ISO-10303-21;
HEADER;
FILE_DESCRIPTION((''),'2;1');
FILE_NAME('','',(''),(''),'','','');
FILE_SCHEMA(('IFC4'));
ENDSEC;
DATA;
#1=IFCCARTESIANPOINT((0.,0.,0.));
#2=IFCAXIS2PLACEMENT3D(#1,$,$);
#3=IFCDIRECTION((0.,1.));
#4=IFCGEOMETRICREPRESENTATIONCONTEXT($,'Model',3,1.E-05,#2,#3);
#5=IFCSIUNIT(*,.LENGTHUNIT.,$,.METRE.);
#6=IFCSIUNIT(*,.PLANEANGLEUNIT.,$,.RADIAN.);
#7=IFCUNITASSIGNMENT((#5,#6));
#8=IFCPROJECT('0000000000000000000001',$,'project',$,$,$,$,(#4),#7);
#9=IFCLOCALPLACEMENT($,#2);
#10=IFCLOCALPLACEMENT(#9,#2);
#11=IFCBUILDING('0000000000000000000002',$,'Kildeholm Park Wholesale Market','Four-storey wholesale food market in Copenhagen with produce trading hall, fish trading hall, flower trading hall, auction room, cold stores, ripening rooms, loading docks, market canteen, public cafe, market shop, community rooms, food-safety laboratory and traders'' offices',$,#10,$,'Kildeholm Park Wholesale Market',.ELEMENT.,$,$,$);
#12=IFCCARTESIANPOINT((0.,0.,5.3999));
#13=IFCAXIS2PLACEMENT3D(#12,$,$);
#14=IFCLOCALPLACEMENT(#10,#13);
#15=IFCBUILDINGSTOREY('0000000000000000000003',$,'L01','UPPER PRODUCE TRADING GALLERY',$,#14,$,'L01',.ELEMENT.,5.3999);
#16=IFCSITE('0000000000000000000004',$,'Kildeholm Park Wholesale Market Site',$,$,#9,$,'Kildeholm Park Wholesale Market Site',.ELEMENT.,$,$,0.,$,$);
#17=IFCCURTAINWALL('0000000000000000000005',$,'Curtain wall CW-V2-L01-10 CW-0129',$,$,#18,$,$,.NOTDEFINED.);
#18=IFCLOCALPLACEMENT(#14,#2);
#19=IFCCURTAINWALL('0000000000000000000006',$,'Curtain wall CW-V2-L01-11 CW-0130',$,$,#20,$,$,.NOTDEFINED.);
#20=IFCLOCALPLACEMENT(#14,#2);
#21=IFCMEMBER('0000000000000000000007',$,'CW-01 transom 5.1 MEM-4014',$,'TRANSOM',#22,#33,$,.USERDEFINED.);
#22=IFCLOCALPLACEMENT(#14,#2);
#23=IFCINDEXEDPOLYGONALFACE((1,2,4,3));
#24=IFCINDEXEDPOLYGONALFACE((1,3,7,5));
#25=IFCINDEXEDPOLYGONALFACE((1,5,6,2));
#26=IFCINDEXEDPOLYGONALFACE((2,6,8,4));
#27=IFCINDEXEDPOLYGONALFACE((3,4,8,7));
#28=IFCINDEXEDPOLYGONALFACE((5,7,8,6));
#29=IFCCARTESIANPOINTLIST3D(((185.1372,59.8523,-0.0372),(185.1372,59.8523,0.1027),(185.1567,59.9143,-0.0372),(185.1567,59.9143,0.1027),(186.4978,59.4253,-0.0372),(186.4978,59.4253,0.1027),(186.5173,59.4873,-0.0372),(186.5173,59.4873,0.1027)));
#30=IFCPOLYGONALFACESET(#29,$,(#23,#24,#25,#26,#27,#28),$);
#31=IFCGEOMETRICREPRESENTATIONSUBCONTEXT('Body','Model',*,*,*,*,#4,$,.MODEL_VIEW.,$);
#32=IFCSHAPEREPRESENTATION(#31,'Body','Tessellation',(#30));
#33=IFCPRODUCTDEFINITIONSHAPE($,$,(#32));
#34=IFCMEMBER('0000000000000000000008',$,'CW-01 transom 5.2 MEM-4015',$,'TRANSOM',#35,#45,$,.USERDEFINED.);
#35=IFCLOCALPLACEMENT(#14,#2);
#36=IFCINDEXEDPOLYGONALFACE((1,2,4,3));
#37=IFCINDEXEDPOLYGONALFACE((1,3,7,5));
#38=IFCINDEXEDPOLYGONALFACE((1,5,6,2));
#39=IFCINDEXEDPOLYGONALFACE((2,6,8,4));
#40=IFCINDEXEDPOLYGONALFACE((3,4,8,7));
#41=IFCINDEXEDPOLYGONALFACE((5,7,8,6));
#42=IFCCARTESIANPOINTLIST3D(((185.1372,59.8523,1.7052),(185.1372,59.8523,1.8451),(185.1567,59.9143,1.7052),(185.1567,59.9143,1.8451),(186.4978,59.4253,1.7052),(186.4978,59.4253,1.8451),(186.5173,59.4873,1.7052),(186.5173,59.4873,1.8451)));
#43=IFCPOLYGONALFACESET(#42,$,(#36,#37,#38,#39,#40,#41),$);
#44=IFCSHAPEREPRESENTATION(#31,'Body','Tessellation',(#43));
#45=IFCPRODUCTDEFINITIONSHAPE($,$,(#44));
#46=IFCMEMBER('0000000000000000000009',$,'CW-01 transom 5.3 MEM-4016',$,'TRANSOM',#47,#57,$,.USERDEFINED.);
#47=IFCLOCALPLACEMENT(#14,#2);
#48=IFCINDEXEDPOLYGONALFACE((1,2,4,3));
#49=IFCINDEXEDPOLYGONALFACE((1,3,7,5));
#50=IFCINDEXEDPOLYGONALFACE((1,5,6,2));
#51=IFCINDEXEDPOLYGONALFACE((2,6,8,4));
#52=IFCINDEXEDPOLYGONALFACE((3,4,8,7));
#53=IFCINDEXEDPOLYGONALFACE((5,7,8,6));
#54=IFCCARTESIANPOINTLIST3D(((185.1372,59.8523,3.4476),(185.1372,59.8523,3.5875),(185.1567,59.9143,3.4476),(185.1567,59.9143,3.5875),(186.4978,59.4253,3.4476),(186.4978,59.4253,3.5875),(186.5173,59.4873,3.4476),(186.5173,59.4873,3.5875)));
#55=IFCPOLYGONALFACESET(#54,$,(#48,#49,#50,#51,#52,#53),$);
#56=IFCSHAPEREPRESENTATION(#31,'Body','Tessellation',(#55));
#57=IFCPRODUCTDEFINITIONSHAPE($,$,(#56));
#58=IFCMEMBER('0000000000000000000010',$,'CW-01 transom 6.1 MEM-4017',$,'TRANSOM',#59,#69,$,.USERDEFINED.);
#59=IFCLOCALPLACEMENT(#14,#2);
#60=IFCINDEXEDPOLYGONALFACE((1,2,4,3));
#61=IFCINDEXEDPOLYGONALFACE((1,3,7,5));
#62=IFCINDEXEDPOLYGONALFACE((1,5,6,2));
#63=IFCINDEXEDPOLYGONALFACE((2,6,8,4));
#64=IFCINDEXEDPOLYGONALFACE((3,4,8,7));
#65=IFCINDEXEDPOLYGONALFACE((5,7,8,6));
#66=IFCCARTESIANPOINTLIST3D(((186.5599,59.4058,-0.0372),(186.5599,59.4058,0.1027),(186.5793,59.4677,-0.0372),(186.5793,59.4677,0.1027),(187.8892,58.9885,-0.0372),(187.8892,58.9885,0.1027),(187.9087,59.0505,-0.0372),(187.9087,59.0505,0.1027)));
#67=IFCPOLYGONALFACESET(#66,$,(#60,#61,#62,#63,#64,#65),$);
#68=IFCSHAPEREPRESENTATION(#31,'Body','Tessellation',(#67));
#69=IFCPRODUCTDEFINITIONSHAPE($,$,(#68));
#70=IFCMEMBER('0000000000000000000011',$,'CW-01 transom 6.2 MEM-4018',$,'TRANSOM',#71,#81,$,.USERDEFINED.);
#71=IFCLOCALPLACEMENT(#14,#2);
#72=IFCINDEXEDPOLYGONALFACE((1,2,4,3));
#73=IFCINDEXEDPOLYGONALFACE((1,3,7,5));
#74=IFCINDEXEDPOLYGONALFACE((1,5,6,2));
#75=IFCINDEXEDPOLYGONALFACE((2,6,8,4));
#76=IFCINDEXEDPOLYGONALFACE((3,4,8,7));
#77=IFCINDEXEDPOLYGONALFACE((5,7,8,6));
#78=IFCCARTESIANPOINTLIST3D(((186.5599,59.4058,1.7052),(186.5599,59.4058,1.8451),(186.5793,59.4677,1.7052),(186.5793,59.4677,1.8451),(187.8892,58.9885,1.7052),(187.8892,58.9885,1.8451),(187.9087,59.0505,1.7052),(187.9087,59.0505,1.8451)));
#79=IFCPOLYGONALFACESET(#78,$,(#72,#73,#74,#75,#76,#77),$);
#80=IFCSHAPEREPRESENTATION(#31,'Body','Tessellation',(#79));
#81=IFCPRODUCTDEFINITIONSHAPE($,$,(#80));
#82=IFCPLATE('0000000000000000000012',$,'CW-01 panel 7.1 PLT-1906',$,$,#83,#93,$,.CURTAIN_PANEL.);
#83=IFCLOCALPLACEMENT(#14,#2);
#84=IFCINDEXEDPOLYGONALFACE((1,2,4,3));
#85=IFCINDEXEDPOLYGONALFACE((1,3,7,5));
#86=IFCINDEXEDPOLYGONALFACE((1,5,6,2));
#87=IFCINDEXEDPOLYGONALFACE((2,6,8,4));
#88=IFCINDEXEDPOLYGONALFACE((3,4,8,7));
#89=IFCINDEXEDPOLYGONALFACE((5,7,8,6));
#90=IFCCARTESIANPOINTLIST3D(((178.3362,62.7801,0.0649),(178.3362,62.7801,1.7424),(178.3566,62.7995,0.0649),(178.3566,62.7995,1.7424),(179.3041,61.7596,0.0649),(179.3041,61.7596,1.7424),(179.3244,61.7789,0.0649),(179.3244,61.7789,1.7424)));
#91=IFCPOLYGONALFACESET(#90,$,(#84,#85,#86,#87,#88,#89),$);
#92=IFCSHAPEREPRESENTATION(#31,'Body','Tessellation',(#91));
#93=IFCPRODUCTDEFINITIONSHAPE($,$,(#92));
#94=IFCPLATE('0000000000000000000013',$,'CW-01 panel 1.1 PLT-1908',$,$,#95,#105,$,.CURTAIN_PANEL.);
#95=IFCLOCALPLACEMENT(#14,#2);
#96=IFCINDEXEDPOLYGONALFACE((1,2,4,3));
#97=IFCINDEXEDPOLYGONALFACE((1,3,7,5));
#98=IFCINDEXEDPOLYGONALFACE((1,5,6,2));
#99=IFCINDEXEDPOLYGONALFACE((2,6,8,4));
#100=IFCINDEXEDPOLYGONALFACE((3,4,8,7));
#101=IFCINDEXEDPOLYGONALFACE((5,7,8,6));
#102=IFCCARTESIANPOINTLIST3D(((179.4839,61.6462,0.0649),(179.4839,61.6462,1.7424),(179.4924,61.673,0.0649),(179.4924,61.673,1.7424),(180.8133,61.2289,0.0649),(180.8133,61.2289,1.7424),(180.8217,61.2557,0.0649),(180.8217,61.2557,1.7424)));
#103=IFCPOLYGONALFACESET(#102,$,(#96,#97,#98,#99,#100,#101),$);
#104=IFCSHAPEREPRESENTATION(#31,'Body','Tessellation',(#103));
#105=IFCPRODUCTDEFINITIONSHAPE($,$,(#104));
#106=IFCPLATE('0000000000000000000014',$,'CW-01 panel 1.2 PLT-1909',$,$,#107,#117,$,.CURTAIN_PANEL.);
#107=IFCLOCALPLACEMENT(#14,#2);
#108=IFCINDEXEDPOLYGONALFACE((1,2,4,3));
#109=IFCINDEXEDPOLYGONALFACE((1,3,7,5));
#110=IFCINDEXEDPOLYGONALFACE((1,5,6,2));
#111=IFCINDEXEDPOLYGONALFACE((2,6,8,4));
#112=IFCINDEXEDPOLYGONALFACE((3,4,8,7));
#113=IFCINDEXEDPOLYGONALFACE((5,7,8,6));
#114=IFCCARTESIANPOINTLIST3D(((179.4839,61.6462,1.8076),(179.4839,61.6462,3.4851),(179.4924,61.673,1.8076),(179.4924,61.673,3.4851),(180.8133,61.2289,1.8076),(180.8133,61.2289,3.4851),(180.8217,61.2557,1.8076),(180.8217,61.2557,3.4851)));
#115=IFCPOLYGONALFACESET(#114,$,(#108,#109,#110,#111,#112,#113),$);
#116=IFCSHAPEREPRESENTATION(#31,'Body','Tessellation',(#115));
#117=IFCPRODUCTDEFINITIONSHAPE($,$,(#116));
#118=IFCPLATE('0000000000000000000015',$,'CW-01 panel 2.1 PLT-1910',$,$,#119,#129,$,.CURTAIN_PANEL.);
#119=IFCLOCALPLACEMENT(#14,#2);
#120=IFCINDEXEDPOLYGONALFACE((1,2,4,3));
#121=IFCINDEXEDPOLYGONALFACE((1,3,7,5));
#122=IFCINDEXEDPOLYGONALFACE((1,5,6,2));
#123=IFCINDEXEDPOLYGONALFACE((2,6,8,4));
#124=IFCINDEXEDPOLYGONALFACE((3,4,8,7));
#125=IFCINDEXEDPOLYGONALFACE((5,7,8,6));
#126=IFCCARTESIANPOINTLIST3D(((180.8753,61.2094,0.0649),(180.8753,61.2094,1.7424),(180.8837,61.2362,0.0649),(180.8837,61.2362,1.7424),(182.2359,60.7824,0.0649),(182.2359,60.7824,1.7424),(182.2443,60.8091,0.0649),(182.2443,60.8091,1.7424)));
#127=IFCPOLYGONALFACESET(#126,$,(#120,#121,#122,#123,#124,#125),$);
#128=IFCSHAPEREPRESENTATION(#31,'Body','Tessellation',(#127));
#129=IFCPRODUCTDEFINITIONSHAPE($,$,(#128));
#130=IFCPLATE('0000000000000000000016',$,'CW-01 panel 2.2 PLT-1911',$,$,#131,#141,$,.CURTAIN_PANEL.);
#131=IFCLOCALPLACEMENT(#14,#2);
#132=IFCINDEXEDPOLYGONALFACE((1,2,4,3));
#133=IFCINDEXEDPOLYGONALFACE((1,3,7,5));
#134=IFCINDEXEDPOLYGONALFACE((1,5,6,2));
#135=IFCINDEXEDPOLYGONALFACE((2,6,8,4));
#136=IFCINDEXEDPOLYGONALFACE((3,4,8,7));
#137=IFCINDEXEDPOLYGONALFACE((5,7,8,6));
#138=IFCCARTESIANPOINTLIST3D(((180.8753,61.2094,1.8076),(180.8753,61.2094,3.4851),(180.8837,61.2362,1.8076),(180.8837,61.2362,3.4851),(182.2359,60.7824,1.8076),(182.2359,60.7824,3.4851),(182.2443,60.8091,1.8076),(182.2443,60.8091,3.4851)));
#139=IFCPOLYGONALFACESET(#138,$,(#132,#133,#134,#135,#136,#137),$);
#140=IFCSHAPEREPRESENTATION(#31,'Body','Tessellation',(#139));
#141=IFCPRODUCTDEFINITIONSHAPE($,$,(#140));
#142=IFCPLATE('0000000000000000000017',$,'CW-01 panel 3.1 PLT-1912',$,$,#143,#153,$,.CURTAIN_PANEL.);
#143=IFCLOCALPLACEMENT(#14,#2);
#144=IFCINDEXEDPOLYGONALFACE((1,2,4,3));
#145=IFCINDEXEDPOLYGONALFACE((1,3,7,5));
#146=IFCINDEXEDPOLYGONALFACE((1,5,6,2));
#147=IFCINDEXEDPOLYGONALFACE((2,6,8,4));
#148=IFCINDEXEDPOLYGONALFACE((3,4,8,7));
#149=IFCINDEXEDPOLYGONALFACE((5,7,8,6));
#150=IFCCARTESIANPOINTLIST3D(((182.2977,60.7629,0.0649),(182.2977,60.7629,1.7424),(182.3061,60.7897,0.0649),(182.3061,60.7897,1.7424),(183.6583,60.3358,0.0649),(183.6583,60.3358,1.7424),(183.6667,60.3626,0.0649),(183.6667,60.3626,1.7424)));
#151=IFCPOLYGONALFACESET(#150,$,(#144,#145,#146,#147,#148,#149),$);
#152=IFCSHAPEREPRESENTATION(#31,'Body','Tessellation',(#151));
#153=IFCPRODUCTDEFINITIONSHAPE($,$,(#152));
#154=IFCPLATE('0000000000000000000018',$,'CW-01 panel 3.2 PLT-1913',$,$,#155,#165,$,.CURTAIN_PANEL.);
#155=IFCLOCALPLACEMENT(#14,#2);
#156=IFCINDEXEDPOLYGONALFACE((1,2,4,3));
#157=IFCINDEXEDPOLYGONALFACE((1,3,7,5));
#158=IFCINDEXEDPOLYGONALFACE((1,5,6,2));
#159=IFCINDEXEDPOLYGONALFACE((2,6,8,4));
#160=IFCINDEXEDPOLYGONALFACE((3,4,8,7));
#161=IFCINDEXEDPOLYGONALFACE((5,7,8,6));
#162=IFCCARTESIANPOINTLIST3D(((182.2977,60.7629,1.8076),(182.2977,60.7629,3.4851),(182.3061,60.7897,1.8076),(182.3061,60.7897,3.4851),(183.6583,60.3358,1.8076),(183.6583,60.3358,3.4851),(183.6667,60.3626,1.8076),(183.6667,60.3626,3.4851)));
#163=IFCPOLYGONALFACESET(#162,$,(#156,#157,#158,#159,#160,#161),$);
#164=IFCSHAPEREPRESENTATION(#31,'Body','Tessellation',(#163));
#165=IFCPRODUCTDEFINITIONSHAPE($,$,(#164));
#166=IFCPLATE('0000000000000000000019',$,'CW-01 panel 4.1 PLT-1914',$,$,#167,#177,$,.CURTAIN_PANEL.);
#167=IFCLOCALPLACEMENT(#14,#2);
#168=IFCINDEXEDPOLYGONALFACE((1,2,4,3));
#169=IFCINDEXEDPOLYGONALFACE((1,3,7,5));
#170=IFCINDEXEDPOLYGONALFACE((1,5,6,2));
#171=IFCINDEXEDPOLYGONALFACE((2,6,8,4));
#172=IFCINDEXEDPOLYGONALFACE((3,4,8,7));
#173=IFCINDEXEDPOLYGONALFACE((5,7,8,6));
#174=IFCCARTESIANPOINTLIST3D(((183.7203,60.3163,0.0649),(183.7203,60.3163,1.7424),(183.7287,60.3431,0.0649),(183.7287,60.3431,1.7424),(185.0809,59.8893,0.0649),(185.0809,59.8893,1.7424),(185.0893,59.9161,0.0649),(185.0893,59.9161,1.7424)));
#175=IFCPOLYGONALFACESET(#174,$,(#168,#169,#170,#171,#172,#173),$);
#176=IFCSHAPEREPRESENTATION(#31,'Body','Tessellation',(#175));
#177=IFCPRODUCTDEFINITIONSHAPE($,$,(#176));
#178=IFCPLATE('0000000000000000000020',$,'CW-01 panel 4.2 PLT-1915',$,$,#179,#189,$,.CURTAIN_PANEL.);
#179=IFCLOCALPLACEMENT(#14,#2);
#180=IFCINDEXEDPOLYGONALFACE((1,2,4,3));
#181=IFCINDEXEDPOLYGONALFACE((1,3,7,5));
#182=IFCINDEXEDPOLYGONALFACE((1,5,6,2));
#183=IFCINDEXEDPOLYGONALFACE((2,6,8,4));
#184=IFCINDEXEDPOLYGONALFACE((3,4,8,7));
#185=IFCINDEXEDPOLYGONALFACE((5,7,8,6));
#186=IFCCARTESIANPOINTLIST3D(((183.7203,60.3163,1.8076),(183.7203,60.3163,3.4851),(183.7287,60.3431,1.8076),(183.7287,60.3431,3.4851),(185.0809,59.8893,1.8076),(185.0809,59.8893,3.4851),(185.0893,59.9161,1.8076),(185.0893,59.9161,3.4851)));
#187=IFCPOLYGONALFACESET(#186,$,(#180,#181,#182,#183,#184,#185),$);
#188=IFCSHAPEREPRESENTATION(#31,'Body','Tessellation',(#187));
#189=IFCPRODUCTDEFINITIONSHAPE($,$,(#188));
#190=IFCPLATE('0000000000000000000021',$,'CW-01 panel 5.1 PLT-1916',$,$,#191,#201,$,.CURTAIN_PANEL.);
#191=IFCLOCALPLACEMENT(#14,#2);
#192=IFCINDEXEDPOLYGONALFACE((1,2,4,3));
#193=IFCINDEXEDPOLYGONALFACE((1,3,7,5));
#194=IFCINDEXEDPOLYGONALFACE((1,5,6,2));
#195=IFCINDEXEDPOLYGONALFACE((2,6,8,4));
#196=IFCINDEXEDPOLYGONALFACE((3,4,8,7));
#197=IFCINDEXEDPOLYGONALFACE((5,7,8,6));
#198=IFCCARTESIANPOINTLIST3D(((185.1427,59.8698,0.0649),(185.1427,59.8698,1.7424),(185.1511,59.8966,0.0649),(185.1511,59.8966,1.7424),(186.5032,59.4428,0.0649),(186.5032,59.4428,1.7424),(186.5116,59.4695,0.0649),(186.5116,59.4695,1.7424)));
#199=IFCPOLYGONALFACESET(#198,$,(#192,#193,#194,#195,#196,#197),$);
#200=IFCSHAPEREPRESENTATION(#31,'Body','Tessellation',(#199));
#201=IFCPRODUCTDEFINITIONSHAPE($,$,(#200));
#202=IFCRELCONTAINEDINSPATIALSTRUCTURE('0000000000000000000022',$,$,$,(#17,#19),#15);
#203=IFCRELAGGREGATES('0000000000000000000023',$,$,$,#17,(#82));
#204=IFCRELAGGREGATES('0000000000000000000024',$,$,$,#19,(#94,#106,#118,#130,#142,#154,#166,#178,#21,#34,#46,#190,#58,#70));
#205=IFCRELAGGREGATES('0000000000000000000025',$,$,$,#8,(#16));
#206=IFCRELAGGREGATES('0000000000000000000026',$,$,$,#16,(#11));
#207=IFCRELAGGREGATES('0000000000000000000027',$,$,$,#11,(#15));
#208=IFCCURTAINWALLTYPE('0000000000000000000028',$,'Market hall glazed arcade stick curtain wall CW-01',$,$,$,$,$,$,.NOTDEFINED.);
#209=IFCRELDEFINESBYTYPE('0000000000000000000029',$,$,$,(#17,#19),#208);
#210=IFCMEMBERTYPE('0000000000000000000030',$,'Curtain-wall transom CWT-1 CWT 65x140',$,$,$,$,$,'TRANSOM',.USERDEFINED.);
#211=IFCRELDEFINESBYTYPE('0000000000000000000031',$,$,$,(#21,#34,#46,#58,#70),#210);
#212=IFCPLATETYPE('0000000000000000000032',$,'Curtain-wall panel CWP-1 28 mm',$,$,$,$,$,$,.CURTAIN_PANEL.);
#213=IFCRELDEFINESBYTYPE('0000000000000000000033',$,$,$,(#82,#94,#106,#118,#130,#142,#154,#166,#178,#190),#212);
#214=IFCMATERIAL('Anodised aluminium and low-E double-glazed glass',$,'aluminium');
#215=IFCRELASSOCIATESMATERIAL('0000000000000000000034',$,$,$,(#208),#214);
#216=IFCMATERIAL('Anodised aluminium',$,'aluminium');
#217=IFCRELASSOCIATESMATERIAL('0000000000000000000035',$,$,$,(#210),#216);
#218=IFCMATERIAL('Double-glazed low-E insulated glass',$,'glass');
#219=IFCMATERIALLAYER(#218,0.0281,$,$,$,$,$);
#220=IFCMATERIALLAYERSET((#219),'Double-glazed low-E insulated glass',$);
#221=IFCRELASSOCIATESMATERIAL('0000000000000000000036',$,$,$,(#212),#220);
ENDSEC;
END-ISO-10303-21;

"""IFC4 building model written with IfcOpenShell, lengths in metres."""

from ifc_helpers import new_model, si_unit, direction, frame, origin, origin_2d, place, context, subcontext, project, spatial, rectangle, extrude, material, layer, layer_set, material_profile, profile_set, type_object, element, aggregate, save


model = new_model("IFC4")

# Units and contexts
model_context = context("Model", 3, precision=1e-05, world=origin(), true_north=direction((0.0, 1.0)))
body_context = subcontext(model_context, "Body", "Model", "MODEL_VIEW")
ifc_project = project(units=[si_unit("LENGTHUNIT", "METRE"), si_unit("PLANEANGLEUNIT", "RADIAN")], contexts=[model_context])

# Site, building, storey
site_placement = place(None, origin())
site = spatial("IfcSite", under=ifc_project, at=site_placement, Name="Kildeholm Park Wholesale Market Site", LongName="Kildeholm Park Wholesale Market Site", CompositionType="ELEMENT", RefElevation=0.0)
building_placement = place(site_placement, origin())
building = spatial("IfcBuilding", under=site, at=building_placement, Name="Kildeholm Park Wholesale Market", Description="Four-storey wholesale food market in Copenhagen with produce trading hall, fish trading hall, flower trading hall, auction room, cold stores, ripening rooms, loading docks, market canteen, public cafe, market shop, community rooms, food-safety laboratory and traders' offices", LongName="Kildeholm Park Wholesale Market", CompositionType="ELEMENT")
storey_placement = place(building_placement, frame((0.0, 0.0, 5.3999)))
storey = spatial("IfcBuildingStorey", under=building, at=storey_placement, Name="L01", Description="UPPER PRODUCE TRADING GALLERY", LongName="L01", CompositionType="ELEMENT", Elevation=5.3999)

# Curtain wall
ifc_material_1 = material(Name="Anodised aluminium and low-E double-glazed glass", Category="aluminium")
curtain_wall_type = type_object("IfcCurtainWallType", Name="Market hall glazed arcade stick curtain wall CW-01", PredefinedType="NOTDEFINED", material=ifc_material_1)
curtain_wall_1_placement = place(storey_placement, origin())
curtain_wall_1 = element("IfcCurtainWall", 1, at=curtain_wall_1_placement, inside=storey, type_object=curtain_wall_type, Name="Curtain wall CW-V2-L01-10 CW-0129", PredefinedType="NOTDEFINED")
ifc_material_2 = material(Name="Anodised aluminium", Category="aluminium")

# Curtain wall, members
curtain_wall_2_placement = place(storey_placement, origin())
curtain_wall_2 = element("IfcCurtainWall", 2, at=curtain_wall_2_placement, inside=storey, type_object=curtain_wall_type, Name="Curtain wall CW-V2-L01-11 CW-0130", PredefinedType="NOTDEFINED")
ifc_material_profile_1 = material_profile(ifc_material_2, rectangle(XDim=0.0649, YDim=0.1399, at=origin_2d()), Name="CWT 65x140")
ifc_profile_set_1 = profile_set([ifc_material_profile_1], Name="Anodised aluminium")
member_type_1 = type_object("IfcMemberType", Name="Curtain-wall transom CWT-1 CWT 65x140", ElementType="TRANSOM", PredefinedType="USERDEFINED", material=ifc_profile_set_1)
member_1_placement = place(storey_placement, frame((185.147, 59.8833, 0.0327), z_axis=(0.954117, -0.299435, 0.0), x_axis=(0.299435, 0.954117, 0.0)))
member_1 = element("IfcMember", 3, at=member_1_placement, type_object=member_type_1, Name="CW-01 transom 5.1 MEM-4014", ObjectType="TRANSOM", PredefinedType="USERDEFINED", context=body_context, shape_type="SweptSolid", body=[
    extrude(rectangle(XDim=0.0649, YDim=0.1399, at=origin_2d()), origin(), (0.0, 0.0, 1.0), 1.426),
])
member_2_placement = place(storey_placement, frame((185.147, 59.8833, 1.7751), z_axis=(0.954117, -0.299435, 0.0), x_axis=(0.299435, 0.954117, 0.0)))
member_2 = element("IfcMember", 4, at=member_2_placement, type_object=member_type_1, Name="CW-01 transom 5.2 MEM-4015", ObjectType="TRANSOM", PredefinedType="USERDEFINED", context=body_context, shape_type="SweptSolid", body=[
    extrude(rectangle(XDim=0.0649, YDim=0.1399, at=origin_2d()), origin(), (0.0, 0.0, 1.0), 1.426),
])
member_3_placement = place(storey_placement, frame((185.147, 59.8833, 3.5176), z_axis=(0.954117, -0.299435, 0.0), x_axis=(0.299435, 0.954117, 0.0)))
member_3 = element("IfcMember", 5, at=member_3_placement, type_object=member_type_1, Name="CW-01 transom 5.3 MEM-4016", ObjectType="TRANSOM", PredefinedType="USERDEFINED", context=body_context, shape_type="SweptSolid", body=[
    extrude(rectangle(XDim=0.0649, YDim=0.1399, at=origin_2d()), origin(), (0.0, 0.0, 1.0), 1.426),
])
member_4_placement = place(storey_placement, frame((186.5696, 59.4368, 0.0327), z_axis=(0.954108, -0.299462, 0.0), x_axis=(0.299462, 0.954108, 0.0)))
member_4 = element("IfcMember", 6, at=member_4_placement, type_object=member_type_1, Name="CW-01 transom 6.1 MEM-4017", ObjectType="TRANSOM", PredefinedType="USERDEFINED", context=body_context, shape_type="SweptSolid", body=[
    extrude(rectangle(XDim=0.0649, YDim=0.1399, at=origin_2d()), origin(), (0.0, 0.0, 1.0), 1.3933),
])
member_5_placement = place(storey_placement, frame((186.5696, 59.4368, 1.7751), z_axis=(0.954108, -0.299462, 0.0), x_axis=(0.299462, 0.954108, 0.0)))
member_5 = element("IfcMember", 7, at=member_5_placement, type_object=member_type_1, Name="CW-01 transom 6.2 MEM-4018", ObjectType="TRANSOM", PredefinedType="USERDEFINED", context=body_context, shape_type="SweptSolid", body=[
    extrude(rectangle(XDim=0.0649, YDim=0.1399, at=origin_2d()), origin(), (0.0, 0.0, 1.0), 1.3933),
])

# Plates
ifc_material_3 = material(Name="Double-glazed low-E insulated glass", Category="glass")
ifc_layer_1 = layer(ifc_material_3, 0.0281)
ifc_layer_set_1 = layer_set([ifc_layer_1], Name="Double-glazed low-E insulated glass")
plate_type = type_object("IfcPlateType", Name="Curtain-wall panel CWP-1 28 mm", PredefinedType="CURTAIN_PANEL", material=ifc_layer_set_1)
plate_1_placement = place(storey_placement, frame((178.8303, 62.2795, 0.0649), z_axis=(0.0, 0.0, 1.0), x_axis=(0.688148, -0.725571, 0.0)))
plate_1 = element("IfcPlate", 8, at=plate_1_placement, type_object=plate_type, Name="CW-01 panel 7.1 PLT-1906", PredefinedType="CURTAIN_PANEL", context=body_context, shape_type="SweptSolid", body=[
    extrude(rectangle(XDim=1.4065, YDim=0.0281, at=origin_2d()), origin(), (0.0, 0.0, 1.0), 1.6775),
])
aggregate(curtain_wall_1, [plate_1])
plate_2_placement = place(storey_placement, frame((180.1528, 61.4509, 0.0649), z_axis=(0.0, 0.0, 1.0), x_axis=(0.954103, -0.299478, 0.0)))
plate_2 = element("IfcPlate", 9, at=plate_2_placement, type_object=plate_type, Name="CW-01 panel 1.1 PLT-1908", PredefinedType="CURTAIN_PANEL", context=body_context, shape_type="SweptSolid", body=[
    extrude(rectangle(XDim=1.3933, YDim=0.0281, at=origin_2d()), origin(), (0.0, 0.0, 1.0), 1.6775),
])
plate_3_placement = place(storey_placement, frame((180.1528, 61.4509, 1.8076), z_axis=(0.0, 0.0, 1.0), x_axis=(0.954103, -0.299478, 0.0)))
plate_3 = element("IfcPlate", 10, at=plate_3_placement, type_object=plate_type, Name="CW-01 panel 1.2 PLT-1909", PredefinedType="CURTAIN_PANEL", context=body_context, shape_type="SweptSolid", body=[
    extrude(rectangle(XDim=1.3933, YDim=0.0281, at=origin_2d()), origin(), (0.0, 0.0, 1.0), 1.6775),
])
plate_4_placement = place(storey_placement, frame((181.5598, 61.0093, 0.0649), z_axis=(0.0, 0.0, 1.0), x_axis=(0.954103, -0.299478, 0.0)))
plate_4 = element("IfcPlate", 11, at=plate_4_placement, type_object=plate_type, Name="CW-01 panel 2.1 PLT-1910", PredefinedType="CURTAIN_PANEL", context=body_context, shape_type="SweptSolid", body=[
    extrude(rectangle(XDim=1.426, YDim=0.0281, at=origin_2d()), origin(), (0.0, 0.0, 1.0), 1.6775),
])
plate_5_placement = place(storey_placement, frame((181.5598, 61.0093, 1.8076), z_axis=(0.0, 0.0, 1.0), x_axis=(0.954103, -0.299478, 0.0)))
plate_5 = element("IfcPlate", 12, at=plate_5_placement, type_object=plate_type, Name="CW-01 panel 2.2 PLT-1911", PredefinedType="CURTAIN_PANEL", context=body_context, shape_type="SweptSolid", body=[
    extrude(rectangle(XDim=1.426, YDim=0.0281, at=origin_2d()), origin(), (0.0, 0.0, 1.0), 1.6775),
])
plate_6_placement = place(storey_placement, frame((182.9822, 60.5627, 0.0649), z_axis=(0.0, 0.0, 1.0), x_axis=(0.954103, -0.299478, 0.0)))
plate_6 = element("IfcPlate", 13, at=plate_6_placement, type_object=plate_type, Name="CW-01 panel 3.1 PLT-1912", PredefinedType="CURTAIN_PANEL", context=body_context, shape_type="SweptSolid", body=[
    extrude(rectangle(XDim=1.426, YDim=0.0281, at=origin_2d()), origin(), (0.0, 0.0, 1.0), 1.6775),
])
plate_7_placement = place(storey_placement, frame((182.9822, 60.5627, 1.8076), z_axis=(0.0, 0.0, 1.0), x_axis=(0.954103, -0.299478, 0.0)))
plate_7 = element("IfcPlate", 14, at=plate_7_placement, type_object=plate_type, Name="CW-01 panel 3.2 PLT-1913", PredefinedType="CURTAIN_PANEL", context=body_context, shape_type="SweptSolid", body=[
    extrude(rectangle(XDim=1.426, YDim=0.0281, at=origin_2d()), origin(), (0.0, 0.0, 1.0), 1.6775),
])
plate_8_placement = place(storey_placement, frame((184.4048, 60.1162, 0.0649), z_axis=(0.0, 0.0, 1.0), x_axis=(0.954103, -0.299478, 0.0)))
plate_8 = element("IfcPlate", 15, at=plate_8_placement, type_object=plate_type, Name="CW-01 panel 4.1 PLT-1914", PredefinedType="CURTAIN_PANEL", context=body_context, shape_type="SweptSolid", body=[
    extrude(rectangle(XDim=1.426, YDim=0.0281, at=origin_2d()), origin(), (0.0, 0.0, 1.0), 1.6775),
])
plate_9_placement = place(storey_placement, frame((184.4048, 60.1162, 1.8076), z_axis=(0.0, 0.0, 1.0), x_axis=(0.954103, -0.299478, 0.0)))
plate_9 = element("IfcPlate", 16, at=plate_9_placement, type_object=plate_type, Name="CW-01 panel 4.2 PLT-1915", PredefinedType="CURTAIN_PANEL", context=body_context, shape_type="SweptSolid", body=[
    extrude(rectangle(XDim=1.426, YDim=0.0281, at=origin_2d()), origin(), (0.0, 0.0, 1.0), 1.6775),
])
plate_10_placement = place(storey_placement, frame((185.8271, 59.6697, 0.0649), z_axis=(0.0, 0.0, 1.0), x_axis=(0.954103, -0.299478, 0.0)))
plate_10 = element("IfcPlate", 17, at=plate_10_placement, type_object=plate_type, Name="CW-01 panel 5.1 PLT-1916", PredefinedType="CURTAIN_PANEL", context=body_context, shape_type="SweptSolid", body=[
    extrude(rectangle(XDim=1.426, YDim=0.0281, at=origin_2d()), origin(), (0.0, 0.0, 1.0), 1.6775),
])
aggregate(curtain_wall_2, [plate_2, plate_3, plate_4, plate_5, plate_6, plate_7, plate_8, plate_9, member_1, member_2, member_3, plate_10, member_4, member_5])

save(model, "model.ifc")
